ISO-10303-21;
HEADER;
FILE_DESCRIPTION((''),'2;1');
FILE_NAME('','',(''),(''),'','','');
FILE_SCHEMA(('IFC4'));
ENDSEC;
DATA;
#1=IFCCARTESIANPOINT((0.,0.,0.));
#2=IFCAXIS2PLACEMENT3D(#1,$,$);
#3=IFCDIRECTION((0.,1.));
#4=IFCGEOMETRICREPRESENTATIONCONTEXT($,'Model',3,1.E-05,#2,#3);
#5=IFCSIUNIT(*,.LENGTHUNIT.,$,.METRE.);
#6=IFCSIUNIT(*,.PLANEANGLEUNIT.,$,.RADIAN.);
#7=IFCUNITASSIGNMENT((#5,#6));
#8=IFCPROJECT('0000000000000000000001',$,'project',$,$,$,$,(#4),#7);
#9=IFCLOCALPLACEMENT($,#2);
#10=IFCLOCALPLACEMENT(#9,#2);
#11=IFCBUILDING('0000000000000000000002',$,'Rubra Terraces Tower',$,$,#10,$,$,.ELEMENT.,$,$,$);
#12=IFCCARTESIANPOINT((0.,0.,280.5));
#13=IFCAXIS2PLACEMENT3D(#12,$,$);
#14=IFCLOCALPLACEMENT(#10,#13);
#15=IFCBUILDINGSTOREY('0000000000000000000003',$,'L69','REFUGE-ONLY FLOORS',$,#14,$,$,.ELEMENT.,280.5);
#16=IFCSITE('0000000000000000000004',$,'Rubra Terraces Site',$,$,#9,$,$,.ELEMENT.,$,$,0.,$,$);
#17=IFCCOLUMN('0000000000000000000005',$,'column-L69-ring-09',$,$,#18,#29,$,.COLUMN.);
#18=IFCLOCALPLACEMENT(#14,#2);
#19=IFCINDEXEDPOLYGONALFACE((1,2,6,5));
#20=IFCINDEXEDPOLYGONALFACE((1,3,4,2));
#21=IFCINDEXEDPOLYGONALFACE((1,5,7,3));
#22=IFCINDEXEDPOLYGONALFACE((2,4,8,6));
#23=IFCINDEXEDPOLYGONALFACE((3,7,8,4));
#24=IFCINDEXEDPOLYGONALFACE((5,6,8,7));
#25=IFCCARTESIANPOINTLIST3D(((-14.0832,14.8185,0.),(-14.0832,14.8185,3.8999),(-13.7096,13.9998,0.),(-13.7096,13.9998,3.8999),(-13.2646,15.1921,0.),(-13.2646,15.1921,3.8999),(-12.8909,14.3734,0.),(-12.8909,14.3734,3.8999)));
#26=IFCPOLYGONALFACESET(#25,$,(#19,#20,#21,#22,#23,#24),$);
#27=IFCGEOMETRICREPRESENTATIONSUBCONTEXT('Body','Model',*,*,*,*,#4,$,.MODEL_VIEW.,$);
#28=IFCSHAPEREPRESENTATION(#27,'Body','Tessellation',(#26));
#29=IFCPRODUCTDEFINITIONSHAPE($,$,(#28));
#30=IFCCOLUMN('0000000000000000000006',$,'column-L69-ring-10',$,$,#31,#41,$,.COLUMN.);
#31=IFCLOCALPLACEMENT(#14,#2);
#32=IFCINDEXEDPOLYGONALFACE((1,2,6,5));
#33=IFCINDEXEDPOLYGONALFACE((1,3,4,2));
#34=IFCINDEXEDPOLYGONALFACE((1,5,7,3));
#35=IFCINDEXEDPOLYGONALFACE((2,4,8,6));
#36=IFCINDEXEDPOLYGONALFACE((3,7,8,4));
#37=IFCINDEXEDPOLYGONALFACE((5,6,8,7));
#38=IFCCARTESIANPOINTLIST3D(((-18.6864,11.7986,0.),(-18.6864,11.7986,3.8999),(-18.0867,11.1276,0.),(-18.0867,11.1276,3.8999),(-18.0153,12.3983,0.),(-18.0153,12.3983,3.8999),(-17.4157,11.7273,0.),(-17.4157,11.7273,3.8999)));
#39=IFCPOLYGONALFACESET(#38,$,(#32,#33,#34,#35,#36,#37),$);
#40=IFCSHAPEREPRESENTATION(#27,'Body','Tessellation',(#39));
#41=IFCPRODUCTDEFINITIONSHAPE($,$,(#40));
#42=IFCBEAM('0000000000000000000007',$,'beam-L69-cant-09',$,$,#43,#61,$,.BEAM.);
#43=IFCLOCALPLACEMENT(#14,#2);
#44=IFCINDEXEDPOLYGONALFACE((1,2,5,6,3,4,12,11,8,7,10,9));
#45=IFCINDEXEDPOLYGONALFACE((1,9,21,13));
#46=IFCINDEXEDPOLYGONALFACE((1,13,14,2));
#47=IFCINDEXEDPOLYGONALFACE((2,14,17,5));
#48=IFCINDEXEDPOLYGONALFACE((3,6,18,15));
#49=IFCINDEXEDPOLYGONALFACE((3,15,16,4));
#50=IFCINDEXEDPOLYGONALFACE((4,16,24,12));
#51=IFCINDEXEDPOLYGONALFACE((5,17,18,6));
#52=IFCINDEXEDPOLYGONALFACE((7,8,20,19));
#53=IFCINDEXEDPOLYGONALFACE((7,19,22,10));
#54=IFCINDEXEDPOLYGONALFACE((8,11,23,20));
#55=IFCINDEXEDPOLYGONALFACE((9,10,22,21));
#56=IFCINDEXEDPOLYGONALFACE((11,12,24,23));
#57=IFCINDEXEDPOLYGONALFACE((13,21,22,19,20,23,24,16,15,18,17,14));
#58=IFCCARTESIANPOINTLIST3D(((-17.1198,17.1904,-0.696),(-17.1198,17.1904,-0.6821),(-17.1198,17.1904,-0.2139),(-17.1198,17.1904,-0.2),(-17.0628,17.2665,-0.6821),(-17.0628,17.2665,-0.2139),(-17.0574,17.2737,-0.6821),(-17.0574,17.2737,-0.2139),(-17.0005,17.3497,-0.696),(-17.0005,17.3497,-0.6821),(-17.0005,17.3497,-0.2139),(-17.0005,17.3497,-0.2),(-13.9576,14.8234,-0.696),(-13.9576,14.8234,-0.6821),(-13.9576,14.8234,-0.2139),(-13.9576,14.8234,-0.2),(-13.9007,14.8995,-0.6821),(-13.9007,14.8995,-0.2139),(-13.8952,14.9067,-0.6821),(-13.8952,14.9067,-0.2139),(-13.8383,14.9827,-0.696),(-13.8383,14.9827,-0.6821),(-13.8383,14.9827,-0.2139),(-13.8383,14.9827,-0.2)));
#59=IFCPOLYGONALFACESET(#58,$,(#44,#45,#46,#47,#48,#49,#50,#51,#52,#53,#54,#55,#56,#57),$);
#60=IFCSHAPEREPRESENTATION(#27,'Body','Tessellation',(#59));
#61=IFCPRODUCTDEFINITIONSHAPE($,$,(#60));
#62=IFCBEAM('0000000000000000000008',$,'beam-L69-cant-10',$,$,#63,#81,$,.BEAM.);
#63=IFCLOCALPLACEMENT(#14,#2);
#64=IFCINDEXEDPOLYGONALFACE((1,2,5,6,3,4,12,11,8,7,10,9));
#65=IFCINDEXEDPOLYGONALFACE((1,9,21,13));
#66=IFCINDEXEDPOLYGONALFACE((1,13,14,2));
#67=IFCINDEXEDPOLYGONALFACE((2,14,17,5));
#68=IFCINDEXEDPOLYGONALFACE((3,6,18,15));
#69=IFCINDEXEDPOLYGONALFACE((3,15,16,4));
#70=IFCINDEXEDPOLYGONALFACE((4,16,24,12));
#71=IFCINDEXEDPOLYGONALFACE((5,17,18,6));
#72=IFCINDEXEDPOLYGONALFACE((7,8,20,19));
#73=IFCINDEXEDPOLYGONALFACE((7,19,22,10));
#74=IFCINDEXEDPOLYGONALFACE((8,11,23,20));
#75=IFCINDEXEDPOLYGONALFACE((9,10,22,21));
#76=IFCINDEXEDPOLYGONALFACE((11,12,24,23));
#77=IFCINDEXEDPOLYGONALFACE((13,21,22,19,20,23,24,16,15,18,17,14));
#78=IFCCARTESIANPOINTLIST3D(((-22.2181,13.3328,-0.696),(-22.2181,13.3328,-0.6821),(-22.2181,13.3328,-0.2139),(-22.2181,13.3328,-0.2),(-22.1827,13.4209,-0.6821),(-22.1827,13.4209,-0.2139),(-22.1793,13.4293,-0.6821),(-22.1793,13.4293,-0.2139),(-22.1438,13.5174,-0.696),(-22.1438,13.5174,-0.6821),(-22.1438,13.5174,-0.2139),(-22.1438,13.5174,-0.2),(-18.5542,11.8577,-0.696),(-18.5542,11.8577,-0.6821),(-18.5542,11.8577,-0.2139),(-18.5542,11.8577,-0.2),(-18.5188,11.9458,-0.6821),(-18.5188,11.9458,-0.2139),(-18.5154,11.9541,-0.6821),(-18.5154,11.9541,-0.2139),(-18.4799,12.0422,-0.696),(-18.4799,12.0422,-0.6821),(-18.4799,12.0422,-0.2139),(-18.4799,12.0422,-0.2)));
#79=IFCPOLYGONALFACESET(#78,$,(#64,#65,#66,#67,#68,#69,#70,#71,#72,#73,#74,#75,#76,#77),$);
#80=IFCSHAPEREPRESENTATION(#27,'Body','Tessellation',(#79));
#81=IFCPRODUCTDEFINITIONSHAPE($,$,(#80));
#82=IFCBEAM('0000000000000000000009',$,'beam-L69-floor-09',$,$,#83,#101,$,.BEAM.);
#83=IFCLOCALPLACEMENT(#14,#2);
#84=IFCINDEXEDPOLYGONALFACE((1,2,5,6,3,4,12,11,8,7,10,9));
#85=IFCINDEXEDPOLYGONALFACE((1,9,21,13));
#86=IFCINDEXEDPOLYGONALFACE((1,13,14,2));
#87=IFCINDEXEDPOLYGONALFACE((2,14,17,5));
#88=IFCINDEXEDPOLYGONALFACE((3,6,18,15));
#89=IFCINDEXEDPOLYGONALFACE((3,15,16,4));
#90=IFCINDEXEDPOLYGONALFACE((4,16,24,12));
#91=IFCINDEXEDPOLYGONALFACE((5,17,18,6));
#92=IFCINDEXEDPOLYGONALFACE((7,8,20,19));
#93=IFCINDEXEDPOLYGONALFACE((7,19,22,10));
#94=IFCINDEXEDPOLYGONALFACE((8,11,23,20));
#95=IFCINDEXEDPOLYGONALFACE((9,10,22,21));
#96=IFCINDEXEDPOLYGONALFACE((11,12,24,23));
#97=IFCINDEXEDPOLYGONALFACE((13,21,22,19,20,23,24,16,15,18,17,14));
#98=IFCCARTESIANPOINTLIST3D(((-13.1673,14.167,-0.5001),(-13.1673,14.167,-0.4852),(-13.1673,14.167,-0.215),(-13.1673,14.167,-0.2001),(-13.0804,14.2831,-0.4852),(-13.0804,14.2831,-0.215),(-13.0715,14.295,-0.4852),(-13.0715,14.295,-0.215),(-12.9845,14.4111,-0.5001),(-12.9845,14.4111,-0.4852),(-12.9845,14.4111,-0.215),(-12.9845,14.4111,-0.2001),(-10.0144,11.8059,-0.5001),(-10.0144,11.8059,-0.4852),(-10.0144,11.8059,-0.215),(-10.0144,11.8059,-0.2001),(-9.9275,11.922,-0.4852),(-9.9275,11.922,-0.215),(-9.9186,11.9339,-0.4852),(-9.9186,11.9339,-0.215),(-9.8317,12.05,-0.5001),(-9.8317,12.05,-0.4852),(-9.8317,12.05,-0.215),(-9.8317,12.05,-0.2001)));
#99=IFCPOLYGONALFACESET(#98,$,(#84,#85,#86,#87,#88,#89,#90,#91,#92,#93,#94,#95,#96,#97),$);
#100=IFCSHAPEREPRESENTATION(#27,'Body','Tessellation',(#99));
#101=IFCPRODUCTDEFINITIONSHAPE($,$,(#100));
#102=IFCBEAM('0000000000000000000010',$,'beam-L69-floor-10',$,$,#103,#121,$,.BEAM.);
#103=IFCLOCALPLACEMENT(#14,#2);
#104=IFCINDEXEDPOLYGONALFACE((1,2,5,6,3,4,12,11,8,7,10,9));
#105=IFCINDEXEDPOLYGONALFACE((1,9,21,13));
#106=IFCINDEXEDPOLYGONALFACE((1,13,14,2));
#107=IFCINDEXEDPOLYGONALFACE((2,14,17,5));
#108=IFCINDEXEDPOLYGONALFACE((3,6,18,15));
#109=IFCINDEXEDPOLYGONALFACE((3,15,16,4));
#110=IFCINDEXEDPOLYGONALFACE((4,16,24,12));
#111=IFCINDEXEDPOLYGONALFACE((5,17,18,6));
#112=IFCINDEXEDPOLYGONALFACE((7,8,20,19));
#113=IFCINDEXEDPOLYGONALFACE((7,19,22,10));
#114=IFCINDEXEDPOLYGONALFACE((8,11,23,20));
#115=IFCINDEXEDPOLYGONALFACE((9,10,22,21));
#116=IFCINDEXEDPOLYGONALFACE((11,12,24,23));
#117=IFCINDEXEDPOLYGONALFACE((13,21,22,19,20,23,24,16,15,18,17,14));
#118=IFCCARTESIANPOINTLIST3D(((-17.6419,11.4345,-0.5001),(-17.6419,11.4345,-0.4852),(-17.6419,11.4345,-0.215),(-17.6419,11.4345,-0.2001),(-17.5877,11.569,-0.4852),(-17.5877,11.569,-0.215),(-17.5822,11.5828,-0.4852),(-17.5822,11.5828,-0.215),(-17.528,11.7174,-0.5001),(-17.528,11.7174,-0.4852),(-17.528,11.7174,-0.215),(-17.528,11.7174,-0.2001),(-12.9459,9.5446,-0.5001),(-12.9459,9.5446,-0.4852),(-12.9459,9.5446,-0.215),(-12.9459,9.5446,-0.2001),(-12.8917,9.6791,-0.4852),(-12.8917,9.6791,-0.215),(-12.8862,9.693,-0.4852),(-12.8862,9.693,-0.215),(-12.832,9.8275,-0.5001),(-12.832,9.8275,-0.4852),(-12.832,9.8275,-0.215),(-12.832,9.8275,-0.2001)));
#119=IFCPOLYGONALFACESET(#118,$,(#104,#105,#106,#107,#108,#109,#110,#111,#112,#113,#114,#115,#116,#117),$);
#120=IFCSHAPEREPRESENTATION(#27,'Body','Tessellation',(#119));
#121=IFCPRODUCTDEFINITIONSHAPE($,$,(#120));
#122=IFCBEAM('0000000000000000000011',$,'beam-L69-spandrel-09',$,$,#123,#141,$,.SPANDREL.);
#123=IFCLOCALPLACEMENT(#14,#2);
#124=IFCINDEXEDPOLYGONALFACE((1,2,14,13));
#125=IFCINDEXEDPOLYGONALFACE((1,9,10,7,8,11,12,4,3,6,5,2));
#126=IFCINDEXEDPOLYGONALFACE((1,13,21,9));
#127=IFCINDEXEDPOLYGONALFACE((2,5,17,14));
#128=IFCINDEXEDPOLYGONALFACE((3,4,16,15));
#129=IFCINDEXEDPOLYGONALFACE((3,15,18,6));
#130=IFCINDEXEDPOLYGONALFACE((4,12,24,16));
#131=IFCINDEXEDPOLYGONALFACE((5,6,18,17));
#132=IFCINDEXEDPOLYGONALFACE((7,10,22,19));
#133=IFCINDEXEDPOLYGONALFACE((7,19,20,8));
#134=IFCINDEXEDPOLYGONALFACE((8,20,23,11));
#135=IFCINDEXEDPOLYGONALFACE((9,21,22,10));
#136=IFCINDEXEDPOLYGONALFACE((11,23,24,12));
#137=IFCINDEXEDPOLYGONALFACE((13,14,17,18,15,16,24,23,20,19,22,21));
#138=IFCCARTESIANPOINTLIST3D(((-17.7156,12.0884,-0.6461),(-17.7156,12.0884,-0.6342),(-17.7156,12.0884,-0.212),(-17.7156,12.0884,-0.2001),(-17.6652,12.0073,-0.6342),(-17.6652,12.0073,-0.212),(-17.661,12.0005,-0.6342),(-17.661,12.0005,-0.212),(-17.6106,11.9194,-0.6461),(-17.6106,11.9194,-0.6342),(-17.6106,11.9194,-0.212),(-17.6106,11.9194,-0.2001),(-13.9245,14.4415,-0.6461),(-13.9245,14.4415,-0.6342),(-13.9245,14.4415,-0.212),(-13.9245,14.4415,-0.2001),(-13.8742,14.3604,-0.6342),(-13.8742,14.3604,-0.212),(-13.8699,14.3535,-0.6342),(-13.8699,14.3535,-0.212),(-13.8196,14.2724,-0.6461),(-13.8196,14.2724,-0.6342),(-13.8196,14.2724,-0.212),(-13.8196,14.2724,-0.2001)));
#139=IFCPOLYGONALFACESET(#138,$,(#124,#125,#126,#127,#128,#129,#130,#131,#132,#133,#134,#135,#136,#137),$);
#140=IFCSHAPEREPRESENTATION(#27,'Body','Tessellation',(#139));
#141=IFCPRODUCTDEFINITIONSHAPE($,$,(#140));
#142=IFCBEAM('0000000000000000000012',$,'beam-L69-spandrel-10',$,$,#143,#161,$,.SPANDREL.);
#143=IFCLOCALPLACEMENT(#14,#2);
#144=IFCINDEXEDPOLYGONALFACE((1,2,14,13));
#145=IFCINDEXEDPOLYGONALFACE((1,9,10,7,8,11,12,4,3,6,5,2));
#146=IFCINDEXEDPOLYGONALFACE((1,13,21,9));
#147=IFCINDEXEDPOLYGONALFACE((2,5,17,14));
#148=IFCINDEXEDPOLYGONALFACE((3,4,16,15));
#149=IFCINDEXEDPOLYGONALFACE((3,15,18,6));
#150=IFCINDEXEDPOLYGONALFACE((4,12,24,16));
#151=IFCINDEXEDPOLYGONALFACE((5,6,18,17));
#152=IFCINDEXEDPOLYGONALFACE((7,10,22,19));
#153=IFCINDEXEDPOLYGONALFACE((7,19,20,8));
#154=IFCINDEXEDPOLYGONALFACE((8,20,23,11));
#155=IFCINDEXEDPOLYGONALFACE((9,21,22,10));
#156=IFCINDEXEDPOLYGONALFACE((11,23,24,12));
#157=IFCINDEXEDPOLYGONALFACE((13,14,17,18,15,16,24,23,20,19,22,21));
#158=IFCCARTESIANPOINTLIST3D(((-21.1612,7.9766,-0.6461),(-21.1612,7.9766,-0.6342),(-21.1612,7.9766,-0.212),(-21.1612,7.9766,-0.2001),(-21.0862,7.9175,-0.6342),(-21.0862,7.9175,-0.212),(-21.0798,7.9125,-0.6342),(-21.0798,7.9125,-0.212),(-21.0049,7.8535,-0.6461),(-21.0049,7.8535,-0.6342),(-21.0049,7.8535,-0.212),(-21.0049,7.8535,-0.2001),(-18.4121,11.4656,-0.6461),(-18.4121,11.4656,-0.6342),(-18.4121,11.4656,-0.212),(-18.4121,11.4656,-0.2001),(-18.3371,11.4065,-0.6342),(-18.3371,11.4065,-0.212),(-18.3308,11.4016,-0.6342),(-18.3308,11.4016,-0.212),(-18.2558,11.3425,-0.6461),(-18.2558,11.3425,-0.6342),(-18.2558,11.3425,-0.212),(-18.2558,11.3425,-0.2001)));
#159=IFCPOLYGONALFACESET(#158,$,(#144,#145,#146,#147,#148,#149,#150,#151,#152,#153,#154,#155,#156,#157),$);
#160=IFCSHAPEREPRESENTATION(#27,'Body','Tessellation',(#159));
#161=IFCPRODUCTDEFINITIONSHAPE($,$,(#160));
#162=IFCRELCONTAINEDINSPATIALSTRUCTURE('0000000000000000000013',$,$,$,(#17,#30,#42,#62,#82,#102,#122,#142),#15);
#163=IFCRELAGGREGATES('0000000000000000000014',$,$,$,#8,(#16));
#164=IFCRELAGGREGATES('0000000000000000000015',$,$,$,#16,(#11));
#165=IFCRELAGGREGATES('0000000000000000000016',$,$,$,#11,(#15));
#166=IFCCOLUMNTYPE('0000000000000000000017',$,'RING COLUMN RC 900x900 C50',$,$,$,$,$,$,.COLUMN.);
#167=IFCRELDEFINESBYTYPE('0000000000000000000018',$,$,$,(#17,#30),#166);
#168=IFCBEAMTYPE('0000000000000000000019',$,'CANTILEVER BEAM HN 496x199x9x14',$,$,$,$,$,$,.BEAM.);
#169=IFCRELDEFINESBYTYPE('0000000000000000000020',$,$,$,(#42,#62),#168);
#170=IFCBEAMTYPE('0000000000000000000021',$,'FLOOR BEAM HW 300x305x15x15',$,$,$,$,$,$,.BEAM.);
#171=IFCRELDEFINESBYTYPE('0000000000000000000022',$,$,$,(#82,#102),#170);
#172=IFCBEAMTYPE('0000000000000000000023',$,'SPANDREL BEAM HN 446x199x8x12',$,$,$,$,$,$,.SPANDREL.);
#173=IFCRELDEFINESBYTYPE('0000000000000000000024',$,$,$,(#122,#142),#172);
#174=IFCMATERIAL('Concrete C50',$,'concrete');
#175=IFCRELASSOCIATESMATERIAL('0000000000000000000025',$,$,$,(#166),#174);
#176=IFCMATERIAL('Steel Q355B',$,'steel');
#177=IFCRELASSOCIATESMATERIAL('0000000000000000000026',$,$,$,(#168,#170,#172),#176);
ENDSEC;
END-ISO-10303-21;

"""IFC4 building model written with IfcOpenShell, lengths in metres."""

from ifc_helpers import new_model, si_unit, direction, frame, origin, origin_2d, place, context, subcontext, project, spatial, rectangle, i_section, extrude, material, material_profile, profile_set, type_object, element, save


model = new_model("IFC4")

# Units and contexts
model_context = context("Model", 3, precision=1e-05, world=origin(), true_north=direction((0.0, 1.0)))
body_context = subcontext(model_context, "Body", "Model", "MODEL_VIEW")
ifc_project = project(units=[si_unit("LENGTHUNIT", "METRE"), si_unit("PLANEANGLEUNIT", "RADIAN")], contexts=[model_context])

# Site, building, storey
site_placement = place(None, origin())
site = spatial("IfcSite", under=ifc_project, at=site_placement, Name="Rubra Terraces Site", CompositionType="ELEMENT", RefElevation=0.0)
building_placement = place(site_placement, origin())
building = spatial("IfcBuilding", under=site, at=building_placement, Name="Rubra Terraces Tower", CompositionType="ELEMENT")
storey_placement = place(building_placement, frame((0.0, 0.0, 280.5)))
storey = spatial("IfcBuildingStorey", under=building, at=storey_placement, Name="L69", Description="REFUGE-ONLY FLOORS", CompositionType="ELEMENT", Elevation=280.5)

# Columns
ifc_material_1 = material(Name="Concrete C50", Category="concrete")
ifc_material_profile_1 = material_profile(ifc_material_1, rectangle(XDim=0.8999, YDim=0.8999, at=origin_2d()), Name="RC 900x900")
ifc_profile_set_1 = profile_set([ifc_material_profile_1], Name="Concrete C50")
column_type = type_object("IfcColumnType", Name="RING COLUMN RC 900x900 C50", PredefinedType="COLUMN", material=ifc_profile_set_1)
for number, where, z_axis, x_axis, name in (
    (1, (-13.4871, 14.5959, 0.0), (0.0, 0.0, 1.0), (-0.909726, -0.415208, 0.0), "column-L69-ring-09"),
    (2, (-18.051, 11.7629, 0.0), (0.0, 0.0, 1.0), (-0.745642, -0.666347, 0.0), "column-L69-ring-10"),
):
    element("IfcColumn", number, at=place(storey_placement, frame(where, z_axis=z_axis, x_axis=x_axis)), inside=storey, type_object=column_type, Name=name, PredefinedType="COLUMN", context=body_context, shape_type="SweptSolid", body=[
        extrude(rectangle(XDim=0.8999, YDim=0.8999, at=origin_2d()), origin(), (0.0, 0.0, 1.0), 3.8999),
    ])

# Beams
ifc_material_2 = material(Name="Steel Q355B", Category="steel")
ifc_material_profile_2 = material_profile(ifc_material_2, i_section(OverallWidth=0.199, OverallDepth=0.4961, WebThickness=0.009, FlangeThickness=0.0139, at=origin_2d()), Name="HN 496x199x9x14")
ifc_profile_set_2 = profile_set([ifc_material_profile_2], Name="Steel Q355B")
beam_type_1 = type_object("IfcBeamType", Name="CANTILEVER BEAM HN 496x199x9x14", PredefinedType="BEAM", material=ifc_profile_set_2)
beam_1_placement = place(storey_placement, frame((-13.8979, 14.9031, -0.448), z_axis=(-0.800563, 0.599248, 0.0), x_axis=(-0.599248, -0.800563, 0.0)))
element("IfcBeam", 3, at=beam_1_placement, inside=storey, type_object=beam_type_1, Name="beam-L69-cant-09", PredefinedType="BEAM", context=body_context, shape_type="SweptSolid", body=[
    extrude(i_section(OverallWidth=0.199, OverallDepth=0.4961, WebThickness=0.009, FlangeThickness=0.0139, at=origin_2d()), origin(), (0.0, 0.0, 1.0), 3.95),
])
beam_2_placement = place(storey_placement, frame((-18.5171, 11.95, -0.448), z_axis=(-0.927639, 0.373479, 0.0), x_axis=(-0.373479, -0.927639, 0.0)))
element("IfcBeam", 4, at=beam_2_placement, inside=storey, type_object=beam_type_1, Name="beam-L69-cant-10", PredefinedType="BEAM", context=body_context, shape_type="SweptSolid", body=[
    extrude(i_section(OverallWidth=0.199, OverallDepth=0.4961, WebThickness=0.009, FlangeThickness=0.0139, at=origin_2d()), origin(), (0.0, 0.0, 1.0), 3.9497),
])
ifc_material_profile_3 = material_profile(ifc_material_2, i_section(OverallWidth=0.3049, OverallDepth=0.3, WebThickness=0.0149, FlangeThickness=0.0149, at=origin_2d()), Name="HW 300x305x15x15")
ifc_profile_set_3 = profile_set([ifc_material_profile_3], Name="Steel Q355B")
beam_type_2 = type_object("IfcBeamType", Name="FLOOR BEAM HW 300x305x15x15", PredefinedType="BEAM", material=ifc_profile_set_3)
beam_3_placement = place(storey_placement, frame((-13.0759, 14.2891, -0.3501), z_axis=(0.800431, -0.599425, 0.0), x_axis=(0.599425, 0.800431, 0.0)))
element("IfcBeam", 5, at=beam_3_placement, inside=storey, type_object=beam_type_2, Name="beam-L69-floor-09", PredefinedType="BEAM", context=body_context, shape_type="SweptSolid", body=[
    extrude(i_section(OverallWidth=0.3049, OverallDepth=0.3, WebThickness=0.0149, FlangeThickness=0.0149, at=origin_2d()), origin(), (0.0, 0.0, 1.0), 3.939),
])
beam_4_placement = place(storey_placement, frame((-17.585, 11.5759, -0.3501), z_axis=(0.927693, -0.373344, 0.0), x_axis=(0.373344, 0.927693, 0.0)))
element("IfcBeam", 6, at=beam_4_placement, inside=storey, type_object=beam_type_2, Name="beam-L69-floor-10", PredefinedType="BEAM", context=body_context, shape_type="SweptSolid", body=[
    extrude(i_section(OverallWidth=0.3049, OverallDepth=0.3, WebThickness=0.0149, FlangeThickness=0.0149, at=origin_2d()), origin(), (0.0, 0.0, 1.0), 5.062),
])
ifc_material_profile_4 = material_profile(ifc_material_2, i_section(OverallWidth=0.199, OverallDepth=0.446, WebThickness=0.0081, FlangeThickness=0.012, at=origin_2d()), Name="HN 446x199x8x12")
ifc_profile_set_4 = profile_set([ifc_material_profile_4], Name="Steel Q355B")
beam_type_3 = type_object("IfcBeamType", Name="SPANDREL BEAM HN 446x199x8x12", PredefinedType="SPANDREL", material=ifc_profile_set_4)
beam_5_placement = place(storey_placement, frame((-13.8721, 14.3569, -0.4231), z_axis=(-0.849642, -0.52736, 0.0), x_axis=(0.52736, -0.849642, 0.0)))
element("IfcBeam", 7, at=beam_5_placement, inside=storey, type_object=beam_type_3, Name="beam-L69-spandrel-09", PredefinedType="SPANDREL", context=body_context, shape_type="SweptSolid", body=[
    extrude(i_section(OverallWidth=0.199, OverallDepth=0.446, WebThickness=0.0081, FlangeThickness=0.012, at=origin_2d()), origin(), (0.0, 0.0, 1.0), 4.4619),
])
beam_6_placement = place(storey_placement, frame((-18.334, 11.4041, -0.4231), z_axis=(-0.618887, -0.78548, 0.0), x_axis=(0.78548, -0.618887, 0.0)))
element("IfcBeam", 8, at=beam_6_placement, inside=storey, type_object=beam_type_3, Name="beam-L69-spandrel-10", PredefinedType="SPANDREL", context=body_context, shape_type="SweptSolid", body=[
    extrude(i_section(OverallWidth=0.199, OverallDepth=0.446, WebThickness=0.0081, FlangeThickness=0.012, at=origin_2d()), origin(), (0.0, 0.0, 1.0), 4.4419),
])

save(model, "model.ifc")
